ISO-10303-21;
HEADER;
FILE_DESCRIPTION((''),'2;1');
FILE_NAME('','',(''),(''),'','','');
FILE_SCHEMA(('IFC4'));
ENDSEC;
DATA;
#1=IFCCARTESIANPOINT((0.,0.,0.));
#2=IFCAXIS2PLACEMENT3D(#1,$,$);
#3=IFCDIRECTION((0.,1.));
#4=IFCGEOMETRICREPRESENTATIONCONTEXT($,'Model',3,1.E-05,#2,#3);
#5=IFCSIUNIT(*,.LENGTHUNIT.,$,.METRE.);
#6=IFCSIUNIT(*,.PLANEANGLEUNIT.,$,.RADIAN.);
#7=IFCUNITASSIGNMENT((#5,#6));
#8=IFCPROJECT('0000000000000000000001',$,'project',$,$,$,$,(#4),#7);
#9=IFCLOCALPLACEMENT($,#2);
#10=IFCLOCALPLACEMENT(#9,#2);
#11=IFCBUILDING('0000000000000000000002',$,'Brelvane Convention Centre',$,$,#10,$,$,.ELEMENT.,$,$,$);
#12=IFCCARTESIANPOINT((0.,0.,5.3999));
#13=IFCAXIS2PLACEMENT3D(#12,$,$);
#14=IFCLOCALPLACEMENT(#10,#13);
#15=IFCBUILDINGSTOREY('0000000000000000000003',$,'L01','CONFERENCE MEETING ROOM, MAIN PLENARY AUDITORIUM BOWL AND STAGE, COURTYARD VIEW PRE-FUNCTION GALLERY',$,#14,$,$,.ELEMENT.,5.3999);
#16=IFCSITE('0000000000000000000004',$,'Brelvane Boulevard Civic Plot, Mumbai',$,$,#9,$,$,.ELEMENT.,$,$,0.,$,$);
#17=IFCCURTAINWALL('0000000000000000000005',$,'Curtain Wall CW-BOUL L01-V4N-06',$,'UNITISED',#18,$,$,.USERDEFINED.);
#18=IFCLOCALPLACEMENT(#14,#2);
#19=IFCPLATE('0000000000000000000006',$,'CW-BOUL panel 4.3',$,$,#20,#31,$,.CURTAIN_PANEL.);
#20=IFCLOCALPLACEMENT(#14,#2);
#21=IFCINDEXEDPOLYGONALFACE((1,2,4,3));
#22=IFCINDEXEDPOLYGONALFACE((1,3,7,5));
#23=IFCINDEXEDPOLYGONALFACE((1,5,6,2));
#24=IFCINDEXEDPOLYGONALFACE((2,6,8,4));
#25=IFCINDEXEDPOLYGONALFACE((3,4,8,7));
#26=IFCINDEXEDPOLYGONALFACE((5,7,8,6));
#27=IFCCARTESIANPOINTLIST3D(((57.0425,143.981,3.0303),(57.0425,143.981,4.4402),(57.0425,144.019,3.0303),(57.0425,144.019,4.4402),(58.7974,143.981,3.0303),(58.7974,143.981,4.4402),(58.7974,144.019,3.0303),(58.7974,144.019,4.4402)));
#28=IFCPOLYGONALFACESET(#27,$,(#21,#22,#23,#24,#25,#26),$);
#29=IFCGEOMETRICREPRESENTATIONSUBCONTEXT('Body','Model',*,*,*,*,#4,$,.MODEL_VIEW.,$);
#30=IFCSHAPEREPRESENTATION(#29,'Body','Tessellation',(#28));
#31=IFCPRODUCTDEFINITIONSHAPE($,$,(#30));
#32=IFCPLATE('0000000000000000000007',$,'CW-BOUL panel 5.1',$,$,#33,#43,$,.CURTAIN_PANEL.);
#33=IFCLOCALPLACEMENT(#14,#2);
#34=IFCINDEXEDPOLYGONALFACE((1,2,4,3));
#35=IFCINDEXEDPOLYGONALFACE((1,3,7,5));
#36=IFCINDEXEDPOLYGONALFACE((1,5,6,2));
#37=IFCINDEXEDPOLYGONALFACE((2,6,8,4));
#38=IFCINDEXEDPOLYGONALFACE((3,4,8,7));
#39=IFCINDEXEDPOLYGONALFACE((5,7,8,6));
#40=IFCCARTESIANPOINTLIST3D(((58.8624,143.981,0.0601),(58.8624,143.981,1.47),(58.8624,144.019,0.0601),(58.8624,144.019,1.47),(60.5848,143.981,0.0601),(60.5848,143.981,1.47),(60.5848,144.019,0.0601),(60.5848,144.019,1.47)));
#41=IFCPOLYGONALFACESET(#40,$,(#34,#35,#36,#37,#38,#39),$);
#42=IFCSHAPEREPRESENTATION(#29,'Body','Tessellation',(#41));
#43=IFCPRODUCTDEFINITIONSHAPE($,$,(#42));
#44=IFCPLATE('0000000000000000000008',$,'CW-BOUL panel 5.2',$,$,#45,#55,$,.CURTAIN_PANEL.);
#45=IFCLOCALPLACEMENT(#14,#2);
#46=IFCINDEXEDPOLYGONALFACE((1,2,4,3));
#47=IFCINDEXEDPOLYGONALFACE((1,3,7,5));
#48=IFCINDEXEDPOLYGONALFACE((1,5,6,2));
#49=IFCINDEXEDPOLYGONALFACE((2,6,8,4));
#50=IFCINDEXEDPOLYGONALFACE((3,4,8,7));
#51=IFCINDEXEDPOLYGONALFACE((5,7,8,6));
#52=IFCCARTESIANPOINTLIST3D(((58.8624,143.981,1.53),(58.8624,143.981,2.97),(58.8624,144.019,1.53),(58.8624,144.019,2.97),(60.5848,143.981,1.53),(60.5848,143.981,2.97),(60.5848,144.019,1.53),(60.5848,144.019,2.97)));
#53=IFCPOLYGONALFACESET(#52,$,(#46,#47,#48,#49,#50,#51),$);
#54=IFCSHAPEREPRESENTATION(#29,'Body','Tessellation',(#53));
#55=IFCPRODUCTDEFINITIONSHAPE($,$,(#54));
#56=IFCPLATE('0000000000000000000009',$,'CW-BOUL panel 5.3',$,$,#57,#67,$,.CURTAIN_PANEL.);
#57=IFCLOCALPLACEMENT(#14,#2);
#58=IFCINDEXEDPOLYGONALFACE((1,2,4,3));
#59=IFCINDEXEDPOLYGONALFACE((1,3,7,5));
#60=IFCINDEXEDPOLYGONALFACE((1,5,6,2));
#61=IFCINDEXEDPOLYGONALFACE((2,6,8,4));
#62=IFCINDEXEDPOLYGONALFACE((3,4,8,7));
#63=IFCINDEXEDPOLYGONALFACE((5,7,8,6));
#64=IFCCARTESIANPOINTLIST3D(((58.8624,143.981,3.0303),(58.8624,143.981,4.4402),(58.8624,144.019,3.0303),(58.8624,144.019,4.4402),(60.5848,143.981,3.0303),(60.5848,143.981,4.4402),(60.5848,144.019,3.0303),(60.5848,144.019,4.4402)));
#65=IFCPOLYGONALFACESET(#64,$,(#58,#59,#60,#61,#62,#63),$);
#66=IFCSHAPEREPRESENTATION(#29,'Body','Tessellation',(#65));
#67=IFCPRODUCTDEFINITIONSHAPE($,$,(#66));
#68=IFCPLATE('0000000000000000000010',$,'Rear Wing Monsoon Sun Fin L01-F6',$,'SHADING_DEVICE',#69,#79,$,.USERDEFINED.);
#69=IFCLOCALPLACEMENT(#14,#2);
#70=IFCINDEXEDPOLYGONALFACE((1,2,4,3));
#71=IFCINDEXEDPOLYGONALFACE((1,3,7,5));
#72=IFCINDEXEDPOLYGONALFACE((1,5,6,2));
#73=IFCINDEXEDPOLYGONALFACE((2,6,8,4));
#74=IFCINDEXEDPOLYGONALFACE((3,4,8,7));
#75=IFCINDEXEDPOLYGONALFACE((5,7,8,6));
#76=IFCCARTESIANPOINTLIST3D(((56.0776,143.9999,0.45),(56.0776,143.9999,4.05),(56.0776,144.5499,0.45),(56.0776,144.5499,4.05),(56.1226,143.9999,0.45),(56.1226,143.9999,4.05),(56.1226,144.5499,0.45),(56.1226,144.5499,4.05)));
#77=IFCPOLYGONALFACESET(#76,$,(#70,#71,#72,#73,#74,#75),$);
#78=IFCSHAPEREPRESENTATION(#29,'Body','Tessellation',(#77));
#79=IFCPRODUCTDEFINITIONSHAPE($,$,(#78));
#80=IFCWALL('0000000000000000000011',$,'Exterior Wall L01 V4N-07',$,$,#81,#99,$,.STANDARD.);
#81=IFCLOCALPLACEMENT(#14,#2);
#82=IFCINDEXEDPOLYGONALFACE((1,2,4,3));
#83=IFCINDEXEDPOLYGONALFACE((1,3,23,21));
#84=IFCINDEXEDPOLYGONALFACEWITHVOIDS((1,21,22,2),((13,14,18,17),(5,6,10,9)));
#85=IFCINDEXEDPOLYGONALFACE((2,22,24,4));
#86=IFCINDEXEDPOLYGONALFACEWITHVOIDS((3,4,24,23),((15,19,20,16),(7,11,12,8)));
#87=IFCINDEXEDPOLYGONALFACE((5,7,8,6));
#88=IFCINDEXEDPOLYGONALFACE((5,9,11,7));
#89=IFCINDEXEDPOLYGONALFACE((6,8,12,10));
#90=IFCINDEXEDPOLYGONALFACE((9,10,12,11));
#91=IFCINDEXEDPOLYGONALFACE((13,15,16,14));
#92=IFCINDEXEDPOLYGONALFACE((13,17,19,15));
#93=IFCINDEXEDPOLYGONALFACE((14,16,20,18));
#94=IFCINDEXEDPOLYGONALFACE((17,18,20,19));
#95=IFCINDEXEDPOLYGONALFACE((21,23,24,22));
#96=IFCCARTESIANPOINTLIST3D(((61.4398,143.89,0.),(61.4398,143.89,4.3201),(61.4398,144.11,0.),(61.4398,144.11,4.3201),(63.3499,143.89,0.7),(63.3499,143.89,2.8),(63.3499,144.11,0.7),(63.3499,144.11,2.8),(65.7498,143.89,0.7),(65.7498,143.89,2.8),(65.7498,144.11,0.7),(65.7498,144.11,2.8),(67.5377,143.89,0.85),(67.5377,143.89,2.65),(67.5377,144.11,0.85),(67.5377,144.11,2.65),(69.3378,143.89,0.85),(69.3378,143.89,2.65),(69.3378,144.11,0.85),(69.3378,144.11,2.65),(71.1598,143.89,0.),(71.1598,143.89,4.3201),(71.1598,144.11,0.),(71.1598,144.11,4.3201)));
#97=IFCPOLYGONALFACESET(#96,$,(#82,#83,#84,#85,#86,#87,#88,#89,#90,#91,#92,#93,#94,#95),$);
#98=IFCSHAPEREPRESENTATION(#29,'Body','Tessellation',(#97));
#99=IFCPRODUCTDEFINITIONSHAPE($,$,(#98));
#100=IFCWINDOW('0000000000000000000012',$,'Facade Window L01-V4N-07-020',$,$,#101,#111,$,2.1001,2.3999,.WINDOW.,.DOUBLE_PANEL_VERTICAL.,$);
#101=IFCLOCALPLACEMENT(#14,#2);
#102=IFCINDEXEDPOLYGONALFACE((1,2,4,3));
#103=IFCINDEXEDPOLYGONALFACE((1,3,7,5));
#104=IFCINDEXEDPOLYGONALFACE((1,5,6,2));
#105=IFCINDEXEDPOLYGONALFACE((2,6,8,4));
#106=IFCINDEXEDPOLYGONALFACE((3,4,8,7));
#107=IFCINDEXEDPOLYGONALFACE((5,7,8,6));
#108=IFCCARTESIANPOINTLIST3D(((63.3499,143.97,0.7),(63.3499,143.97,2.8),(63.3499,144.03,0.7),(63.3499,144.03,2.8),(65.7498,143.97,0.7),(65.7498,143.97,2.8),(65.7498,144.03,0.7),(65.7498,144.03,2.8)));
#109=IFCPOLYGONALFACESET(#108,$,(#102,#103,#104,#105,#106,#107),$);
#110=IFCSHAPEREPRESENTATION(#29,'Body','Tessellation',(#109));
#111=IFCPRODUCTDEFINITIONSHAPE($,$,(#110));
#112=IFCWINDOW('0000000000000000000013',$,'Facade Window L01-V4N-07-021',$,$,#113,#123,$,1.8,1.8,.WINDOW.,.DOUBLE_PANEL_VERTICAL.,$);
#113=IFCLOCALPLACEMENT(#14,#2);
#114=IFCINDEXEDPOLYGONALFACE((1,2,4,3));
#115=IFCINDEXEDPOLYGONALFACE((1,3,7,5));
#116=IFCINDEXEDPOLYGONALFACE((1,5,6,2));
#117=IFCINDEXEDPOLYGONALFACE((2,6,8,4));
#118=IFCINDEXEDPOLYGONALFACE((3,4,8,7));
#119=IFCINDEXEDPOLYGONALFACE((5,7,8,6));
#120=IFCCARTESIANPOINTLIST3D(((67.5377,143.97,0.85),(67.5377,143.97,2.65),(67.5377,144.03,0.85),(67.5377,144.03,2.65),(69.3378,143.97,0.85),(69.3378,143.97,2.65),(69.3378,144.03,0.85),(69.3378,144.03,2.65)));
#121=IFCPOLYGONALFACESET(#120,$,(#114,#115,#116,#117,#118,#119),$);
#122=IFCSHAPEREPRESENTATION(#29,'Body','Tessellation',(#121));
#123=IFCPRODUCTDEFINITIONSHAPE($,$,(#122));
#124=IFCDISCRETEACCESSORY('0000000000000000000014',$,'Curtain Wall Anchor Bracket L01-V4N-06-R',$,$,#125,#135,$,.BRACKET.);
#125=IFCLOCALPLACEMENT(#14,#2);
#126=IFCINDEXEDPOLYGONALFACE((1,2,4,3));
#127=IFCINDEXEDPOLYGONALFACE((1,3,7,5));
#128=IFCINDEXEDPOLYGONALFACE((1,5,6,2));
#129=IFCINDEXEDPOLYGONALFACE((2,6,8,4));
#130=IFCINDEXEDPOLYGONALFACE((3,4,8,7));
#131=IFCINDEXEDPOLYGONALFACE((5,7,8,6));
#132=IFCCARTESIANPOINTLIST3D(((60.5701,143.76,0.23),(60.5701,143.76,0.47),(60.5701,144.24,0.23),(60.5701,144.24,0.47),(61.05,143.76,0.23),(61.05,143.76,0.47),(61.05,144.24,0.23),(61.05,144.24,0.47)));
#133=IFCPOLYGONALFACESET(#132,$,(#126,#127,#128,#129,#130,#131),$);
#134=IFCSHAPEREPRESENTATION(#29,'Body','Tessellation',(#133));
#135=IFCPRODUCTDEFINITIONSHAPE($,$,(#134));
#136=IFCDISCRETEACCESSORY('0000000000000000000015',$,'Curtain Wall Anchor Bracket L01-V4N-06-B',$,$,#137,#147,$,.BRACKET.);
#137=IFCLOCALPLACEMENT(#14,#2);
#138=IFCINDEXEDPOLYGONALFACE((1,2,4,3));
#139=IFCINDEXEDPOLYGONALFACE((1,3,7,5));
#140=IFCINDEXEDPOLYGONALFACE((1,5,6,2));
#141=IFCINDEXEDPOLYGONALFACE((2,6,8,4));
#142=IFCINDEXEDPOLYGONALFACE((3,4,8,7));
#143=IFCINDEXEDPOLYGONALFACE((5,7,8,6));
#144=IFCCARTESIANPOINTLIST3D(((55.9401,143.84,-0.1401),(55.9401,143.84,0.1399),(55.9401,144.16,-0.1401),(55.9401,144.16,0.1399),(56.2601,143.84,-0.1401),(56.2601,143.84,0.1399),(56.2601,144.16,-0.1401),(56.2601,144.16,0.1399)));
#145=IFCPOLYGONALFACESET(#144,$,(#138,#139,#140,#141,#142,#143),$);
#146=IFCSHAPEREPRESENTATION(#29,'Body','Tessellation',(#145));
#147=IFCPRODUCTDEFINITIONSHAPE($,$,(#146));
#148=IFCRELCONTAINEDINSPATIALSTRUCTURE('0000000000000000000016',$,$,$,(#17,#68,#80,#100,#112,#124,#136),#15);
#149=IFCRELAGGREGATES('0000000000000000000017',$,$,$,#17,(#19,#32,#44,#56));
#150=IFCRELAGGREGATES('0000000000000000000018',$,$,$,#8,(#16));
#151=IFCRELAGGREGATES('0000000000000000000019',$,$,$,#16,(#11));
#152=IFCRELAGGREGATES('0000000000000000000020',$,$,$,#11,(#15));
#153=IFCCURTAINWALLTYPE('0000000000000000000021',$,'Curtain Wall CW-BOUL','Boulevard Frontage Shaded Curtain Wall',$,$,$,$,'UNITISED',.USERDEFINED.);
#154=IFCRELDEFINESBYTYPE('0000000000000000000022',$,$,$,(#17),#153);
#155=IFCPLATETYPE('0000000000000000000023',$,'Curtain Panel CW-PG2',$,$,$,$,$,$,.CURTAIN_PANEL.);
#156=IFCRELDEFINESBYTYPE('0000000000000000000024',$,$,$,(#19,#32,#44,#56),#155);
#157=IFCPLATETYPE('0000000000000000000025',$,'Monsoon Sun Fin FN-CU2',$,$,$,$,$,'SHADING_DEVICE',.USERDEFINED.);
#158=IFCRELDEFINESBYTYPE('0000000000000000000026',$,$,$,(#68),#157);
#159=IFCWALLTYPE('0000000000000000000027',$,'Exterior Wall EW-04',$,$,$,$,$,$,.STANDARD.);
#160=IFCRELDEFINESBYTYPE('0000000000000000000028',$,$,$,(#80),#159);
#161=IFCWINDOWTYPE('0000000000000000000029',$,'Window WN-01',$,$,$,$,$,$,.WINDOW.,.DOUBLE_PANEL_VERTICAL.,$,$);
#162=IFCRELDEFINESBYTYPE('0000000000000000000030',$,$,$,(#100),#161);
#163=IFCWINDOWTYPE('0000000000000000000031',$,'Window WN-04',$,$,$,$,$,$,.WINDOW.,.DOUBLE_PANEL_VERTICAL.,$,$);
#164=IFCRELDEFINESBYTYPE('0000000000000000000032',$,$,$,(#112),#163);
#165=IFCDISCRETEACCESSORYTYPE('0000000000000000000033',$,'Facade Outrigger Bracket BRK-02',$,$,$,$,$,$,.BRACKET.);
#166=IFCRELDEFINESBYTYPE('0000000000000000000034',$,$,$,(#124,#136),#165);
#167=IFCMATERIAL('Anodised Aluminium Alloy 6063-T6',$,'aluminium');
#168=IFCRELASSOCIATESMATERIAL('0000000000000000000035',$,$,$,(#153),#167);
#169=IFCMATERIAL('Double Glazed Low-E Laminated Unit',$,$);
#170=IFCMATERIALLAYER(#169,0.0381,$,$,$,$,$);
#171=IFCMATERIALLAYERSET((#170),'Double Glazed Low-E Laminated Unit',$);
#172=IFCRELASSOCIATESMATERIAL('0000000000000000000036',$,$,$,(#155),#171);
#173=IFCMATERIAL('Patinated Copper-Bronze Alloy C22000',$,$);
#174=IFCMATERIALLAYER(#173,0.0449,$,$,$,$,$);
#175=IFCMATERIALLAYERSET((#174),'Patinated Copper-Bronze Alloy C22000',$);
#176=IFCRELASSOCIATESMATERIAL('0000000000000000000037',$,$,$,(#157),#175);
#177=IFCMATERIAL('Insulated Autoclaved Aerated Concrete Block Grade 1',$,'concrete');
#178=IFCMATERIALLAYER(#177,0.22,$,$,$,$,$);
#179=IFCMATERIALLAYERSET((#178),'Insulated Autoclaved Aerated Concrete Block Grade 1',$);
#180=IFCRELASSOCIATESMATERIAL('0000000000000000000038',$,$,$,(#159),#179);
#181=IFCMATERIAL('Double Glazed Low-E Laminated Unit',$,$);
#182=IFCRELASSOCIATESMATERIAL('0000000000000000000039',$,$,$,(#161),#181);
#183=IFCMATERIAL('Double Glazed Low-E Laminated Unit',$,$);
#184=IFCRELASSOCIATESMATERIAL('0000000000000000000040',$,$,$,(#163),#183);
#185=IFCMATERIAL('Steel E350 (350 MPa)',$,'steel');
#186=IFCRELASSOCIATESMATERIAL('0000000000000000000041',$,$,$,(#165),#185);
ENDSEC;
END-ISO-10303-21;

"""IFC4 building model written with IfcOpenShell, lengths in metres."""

from ifc_helpers import new_model, si_unit, direction, frame, frame_2d, origin, origin_2d, place, context, subcontext, project, spatial, rectangle, extrude, material, layer, layer_set, type_object, element, fill, aggregate, save


model = new_model("IFC4")

# Units and contexts
model_context = context("Model", 3, precision=1e-05, world=origin(), true_north=direction((0.0, 1.0)))
body_context = subcontext(model_context, "Body", "Model", "MODEL_VIEW")
ifc_project = project(units=[si_unit("LENGTHUNIT", "METRE"), si_unit("PLANEANGLEUNIT", "RADIAN")], contexts=[model_context])

# Site, building, storey
site_placement = place(None, origin())
site = spatial("IfcSite", under=ifc_project, at=site_placement, Name="Brelvane Boulevard Civic Plot, Mumbai", CompositionType="ELEMENT", RefElevation=0.0)
building_placement = place(site_placement, origin())
building = spatial("IfcBuilding", under=site, at=building_placement, Name="Brelvane Convention Centre", CompositionType="ELEMENT")
storey_placement = place(building_placement, frame((0.0, 0.0, 5.3999)))
storey = spatial("IfcBuildingStorey", under=building, at=storey_placement, Name="L01", Description="CONFERENCE MEETING ROOM, MAIN PLENARY AUDITORIUM BOWL AND STAGE, COURTYARD VIEW PRE-FUNCTION GALLERY", CompositionType="ELEMENT", Elevation=5.3999)

# Curtain wall
ifc_material_1 = material(Name="Anodised Aluminium Alloy 6063-T6", Category="aluminium")
curtain_wall_type = type_object("IfcCurtainWallType", Name="Curtain Wall CW-BOUL", Description="Boulevard Frontage Shaded Curtain Wall", ElementType="UNITISED", PredefinedType="USERDEFINED", material=ifc_material_1)
curtain_wall_placement = place(storey_placement, origin())
curtain_wall = element("IfcCurtainWall", 1, at=curtain_wall_placement, inside=storey, type_object=curtain_wall_type, Name="Curtain Wall CW-BOUL L01-V4N-06", ObjectType="UNITISED", PredefinedType="USERDEFINED")

# Plates
ifc_material_2 = material(Name="Double Glazed Low-E Laminated Unit")
ifc_layer_1 = layer(ifc_material_2, 0.0381)
ifc_layer_set_1 = layer_set([ifc_layer_1], Name="Double Glazed Low-E Laminated Unit")
plate_type_1 = type_object("IfcPlateType", Name="Curtain Panel CW-PG2", PredefinedType="CURTAIN_PANEL", material=ifc_layer_set_1)
plate_1_placement = place(storey_placement, frame((57.9199, 144.0, 3.0303), z_axis=(0.0, 0.0, 1.0), x_axis=(1.0, 0.0, 0.0)))
plate_1 = element("IfcPlate", 2, at=plate_1_placement, type_object=plate_type_1, Name="CW-BOUL panel 4.3", PredefinedType="CURTAIN_PANEL", context=body_context, shape_type="SweptSolid", body=[
    extrude(rectangle(XDim=1.7549, YDim=0.0381, at=origin_2d()), origin(), (0.0, 0.0, 1.0), 1.4099),
])
plate_2_placement = place(storey_placement, frame((59.7236, 144.0, 0.0601), z_axis=(0.0, 0.0, 1.0), x_axis=(1.0, 0.0, 0.0)))
plate_2 = element("IfcPlate", 3, at=plate_2_placement, type_object=plate_type_1, Name="CW-BOUL panel 5.1", PredefinedType="CURTAIN_PANEL", context=body_context, shape_type="SweptSolid", body=[
    extrude(rectangle(XDim=1.7224, YDim=0.0381, at=origin_2d()), origin(), (0.0, 0.0, 1.0), 1.4099),
])
plate_3_placement = place(storey_placement, frame((59.7236, 144.0, 1.53), z_axis=(0.0, 0.0, 1.0), x_axis=(1.0, 0.0, 0.0)))
plate_3 = element("IfcPlate", 4, at=plate_3_placement, type_object=plate_type_1, Name="CW-BOUL panel 5.2", PredefinedType="CURTAIN_PANEL", context=body_context, shape_type="SweptSolid", body=[
    extrude(rectangle(XDim=1.7224, YDim=0.0381, at=origin_2d()), origin(), (0.0, 0.0, 1.0), 1.4399),
])
plate_4_placement = place(storey_placement, frame((59.7236, 144.0, 3.0303), z_axis=(0.0, 0.0, 1.0), x_axis=(1.0, 0.0, 0.0)))
plate_4 = element("IfcPlate", 5, at=plate_4_placement, type_object=plate_type_1, Name="CW-BOUL panel 5.3", PredefinedType="CURTAIN_PANEL", context=body_context, shape_type="SweptSolid", body=[
    extrude(rectangle(XDim=1.7224, YDim=0.0381, at=origin_2d()), origin(), (0.0, 0.0, 1.0), 1.4099),
])
aggregate(curtain_wall, [plate_1, plate_2, plate_3, plate_4])
ifc_material_3 = material(Name="Patinated Copper-Bronze Alloy C22000")
ifc_layer_2 = layer(ifc_material_3, 0.0449)
ifc_layer_set_2 = layer_set([ifc_layer_2], Name="Patinated Copper-Bronze Alloy C22000")
plate_type_2 = type_object("IfcPlateType", Name="Monsoon Sun Fin FN-CU2", ElementType="SHADING_DEVICE", PredefinedType="USERDEFINED", material=ifc_layer_set_2)
plate_5_placement = place(storey_placement, frame((56.1001, 144.2749, 0.45), z_axis=(0.0, 0.0, 1.0), x_axis=(1.0, 0.0, 0.0)))
element("IfcPlate", 6, at=plate_5_placement, inside=storey, type_object=plate_type_2, Name="Rear Wing Monsoon Sun Fin L01-F6", ObjectType="SHADING_DEVICE", PredefinedType="USERDEFINED", context=body_context, shape_type="SweptSolid", body=[
    extrude(rectangle(XDim=0.0449, YDim=0.55, at=origin_2d()), origin(), (0.0, 0.0, 1.0), 3.6001),
])

# Wall, openings, windows
ifc_material_4 = material(Name="Insulated Autoclaved Aerated Concrete Block Grade 1", Category="concrete")
ifc_layer_3 = layer(ifc_material_4, 0.22)
ifc_layer_set_3 = layer_set([ifc_layer_3], Name="Insulated Autoclaved Aerated Concrete Block Grade 1")
wall_type = type_object("IfcWallType", Name="Exterior Wall EW-04", PredefinedType="STANDARD", material=ifc_layer_set_3)
wall_placement = place(storey_placement, frame((61.4399, 144.0, 0.0), z_axis=(0.0, 0.0, 1.0), x_axis=(1.0, 0.0, 0.0)))
wall = element("IfcWall", 7, at=wall_placement, inside=storey, type_object=wall_type, Name="Exterior Wall L01 V4N-07", PredefinedType="STANDARD", context=body_context, shape_type="SweptSolid", body=[
    extrude(rectangle(XDim=9.72, YDim=0.22, at=frame_2d((4.8599, 0.0))), origin(), (0.0, 0.0, 1.0), 4.3201),
])
opening_1_placement = place(wall_placement, frame((1.9099, 0.0, 0.7)))
opening_1 = element("IfcOpeningElement", 8, at=opening_1_placement, cuts=wall, PredefinedType="OPENING", context=body_context, shape_type="SweptSolid", body=[
    extrude(rectangle(XDim=2.3999, YDim=2.1001, at=frame_2d((1.2, 1.05))), frame((0.0, 0.1199, 0.0), z_axis=(0.0, -1.0, 0.0), x_axis=(1.0, 0.0, 0.0)), (0.0, 0.0, 1.0), 0.24),
])
opening_2_placement = place(wall_placement, frame((6.0979, 0.0, 0.8501)))
opening_2 = element("IfcOpeningElement", 9, at=opening_2_placement, cuts=wall, PredefinedType="OPENING", context=body_context, shape_type="SweptSolid", body=[
    extrude(rectangle(XDim=1.8, YDim=1.8, at=frame_2d((0.8999, 0.8999))), frame((0.0, 0.1199, 0.0), z_axis=(0.0, -1.0, 0.0), x_axis=(1.0, 0.0, 0.0)), (0.0, 0.0, 1.0), 0.24),
])
ifc_material_5 = material(Name="Double Glazed Low-E Laminated Unit")
window_type_1 = type_object("IfcWindowType", Name="Window WN-01", PartitioningType="DOUBLE_PANEL_VERTICAL", PredefinedType="WINDOW", material=ifc_material_5)
window_1_placement = place(opening_1_placement, origin())
window_1 = element("IfcWindow", 10, at=window_1_placement, inside=storey, type_object=window_type_1, Name="Facade Window L01-V4N-07-020", OverallHeight=2.1001, OverallWidth=2.3999, PartitioningType="DOUBLE_PANEL_VERTICAL", PredefinedType="WINDOW", context=body_context, shape_type="SweptSolid", body=[
    extrude(rectangle(XDim=2.3999, YDim=2.1001, at=frame_2d((1.2, 1.05))), frame((0.0, 0.03, 0.0), z_axis=(0.0, -1.0, 0.0), x_axis=(1.0, 0.0, 0.0)), (0.0, 0.0, 1.0), 0.0601),
])
fill(opening_1, window_1)
ifc_material_6 = material(Name="Double Glazed Low-E Laminated Unit")
window_type_2 = type_object("IfcWindowType", Name="Window WN-04", PartitioningType="DOUBLE_PANEL_VERTICAL", PredefinedType="WINDOW", material=ifc_material_6)
window_2_placement = place(opening_2_placement, origin())
window_2 = element("IfcWindow", 11, at=window_2_placement, inside=storey, type_object=window_type_2, Name="Facade Window L01-V4N-07-021", OverallHeight=1.8, OverallWidth=1.8, PartitioningType="DOUBLE_PANEL_VERTICAL", PredefinedType="WINDOW", context=body_context, shape_type="SweptSolid", body=[
    extrude(rectangle(XDim=1.8, YDim=1.8, at=frame_2d((0.8999, 0.8999))), frame((0.0, 0.03, 0.0), z_axis=(0.0, -1.0, 0.0), x_axis=(1.0, 0.0, 0.0)), (0.0, 0.0, 1.0), 0.0601),
])
fill(opening_2, window_2)

# Discrete accessories
ifc_material_7 = material(Name="Steel E350 (350 MPa)", Category="steel")
discrete_accessory_type = type_object("IfcDiscreteAccessoryType", Name="Facade Outrigger Bracket BRK-02", PredefinedType="BRACKET", material=ifc_material_7)
discrete_accessory_1_placement = place(storey_placement, frame((60.8101, 144.0, 0.23), z_axis=(0.0, 0.0, 1.0), x_axis=(1.0, 0.0, 0.0)))
element("IfcDiscreteAccessory", 12, at=discrete_accessory_1_placement, inside=storey, type_object=discrete_accessory_type, Name="Curtain Wall Anchor Bracket L01-V4N-06-R", PredefinedType="BRACKET", context=body_context, shape_type="SweptSolid", body=[
    extrude(rectangle(XDim=0.48, YDim=0.48, at=origin_2d()), origin(), (0.0, 0.0, 1.0), 0.24),
])
discrete_accessory_2_placement = place(storey_placement, frame((56.1001, 144.0, -0.1401), z_axis=(0.0, 0.0, 1.0), x_axis=(1.0, 0.0, 0.0)))
element("IfcDiscreteAccessory", 13, at=discrete_accessory_2_placement, inside=storey, type_object=discrete_accessory_type, Name="Curtain Wall Anchor Bracket L01-V4N-06-B", PredefinedType="BRACKET", context=body_context, shape_type="SweptSolid", body=[
    extrude(rectangle(XDim=0.3201, YDim=0.3201, at=origin_2d()), origin(), (0.0, 0.0, 1.0), 0.28),
])

save(model, "model.ifc")
